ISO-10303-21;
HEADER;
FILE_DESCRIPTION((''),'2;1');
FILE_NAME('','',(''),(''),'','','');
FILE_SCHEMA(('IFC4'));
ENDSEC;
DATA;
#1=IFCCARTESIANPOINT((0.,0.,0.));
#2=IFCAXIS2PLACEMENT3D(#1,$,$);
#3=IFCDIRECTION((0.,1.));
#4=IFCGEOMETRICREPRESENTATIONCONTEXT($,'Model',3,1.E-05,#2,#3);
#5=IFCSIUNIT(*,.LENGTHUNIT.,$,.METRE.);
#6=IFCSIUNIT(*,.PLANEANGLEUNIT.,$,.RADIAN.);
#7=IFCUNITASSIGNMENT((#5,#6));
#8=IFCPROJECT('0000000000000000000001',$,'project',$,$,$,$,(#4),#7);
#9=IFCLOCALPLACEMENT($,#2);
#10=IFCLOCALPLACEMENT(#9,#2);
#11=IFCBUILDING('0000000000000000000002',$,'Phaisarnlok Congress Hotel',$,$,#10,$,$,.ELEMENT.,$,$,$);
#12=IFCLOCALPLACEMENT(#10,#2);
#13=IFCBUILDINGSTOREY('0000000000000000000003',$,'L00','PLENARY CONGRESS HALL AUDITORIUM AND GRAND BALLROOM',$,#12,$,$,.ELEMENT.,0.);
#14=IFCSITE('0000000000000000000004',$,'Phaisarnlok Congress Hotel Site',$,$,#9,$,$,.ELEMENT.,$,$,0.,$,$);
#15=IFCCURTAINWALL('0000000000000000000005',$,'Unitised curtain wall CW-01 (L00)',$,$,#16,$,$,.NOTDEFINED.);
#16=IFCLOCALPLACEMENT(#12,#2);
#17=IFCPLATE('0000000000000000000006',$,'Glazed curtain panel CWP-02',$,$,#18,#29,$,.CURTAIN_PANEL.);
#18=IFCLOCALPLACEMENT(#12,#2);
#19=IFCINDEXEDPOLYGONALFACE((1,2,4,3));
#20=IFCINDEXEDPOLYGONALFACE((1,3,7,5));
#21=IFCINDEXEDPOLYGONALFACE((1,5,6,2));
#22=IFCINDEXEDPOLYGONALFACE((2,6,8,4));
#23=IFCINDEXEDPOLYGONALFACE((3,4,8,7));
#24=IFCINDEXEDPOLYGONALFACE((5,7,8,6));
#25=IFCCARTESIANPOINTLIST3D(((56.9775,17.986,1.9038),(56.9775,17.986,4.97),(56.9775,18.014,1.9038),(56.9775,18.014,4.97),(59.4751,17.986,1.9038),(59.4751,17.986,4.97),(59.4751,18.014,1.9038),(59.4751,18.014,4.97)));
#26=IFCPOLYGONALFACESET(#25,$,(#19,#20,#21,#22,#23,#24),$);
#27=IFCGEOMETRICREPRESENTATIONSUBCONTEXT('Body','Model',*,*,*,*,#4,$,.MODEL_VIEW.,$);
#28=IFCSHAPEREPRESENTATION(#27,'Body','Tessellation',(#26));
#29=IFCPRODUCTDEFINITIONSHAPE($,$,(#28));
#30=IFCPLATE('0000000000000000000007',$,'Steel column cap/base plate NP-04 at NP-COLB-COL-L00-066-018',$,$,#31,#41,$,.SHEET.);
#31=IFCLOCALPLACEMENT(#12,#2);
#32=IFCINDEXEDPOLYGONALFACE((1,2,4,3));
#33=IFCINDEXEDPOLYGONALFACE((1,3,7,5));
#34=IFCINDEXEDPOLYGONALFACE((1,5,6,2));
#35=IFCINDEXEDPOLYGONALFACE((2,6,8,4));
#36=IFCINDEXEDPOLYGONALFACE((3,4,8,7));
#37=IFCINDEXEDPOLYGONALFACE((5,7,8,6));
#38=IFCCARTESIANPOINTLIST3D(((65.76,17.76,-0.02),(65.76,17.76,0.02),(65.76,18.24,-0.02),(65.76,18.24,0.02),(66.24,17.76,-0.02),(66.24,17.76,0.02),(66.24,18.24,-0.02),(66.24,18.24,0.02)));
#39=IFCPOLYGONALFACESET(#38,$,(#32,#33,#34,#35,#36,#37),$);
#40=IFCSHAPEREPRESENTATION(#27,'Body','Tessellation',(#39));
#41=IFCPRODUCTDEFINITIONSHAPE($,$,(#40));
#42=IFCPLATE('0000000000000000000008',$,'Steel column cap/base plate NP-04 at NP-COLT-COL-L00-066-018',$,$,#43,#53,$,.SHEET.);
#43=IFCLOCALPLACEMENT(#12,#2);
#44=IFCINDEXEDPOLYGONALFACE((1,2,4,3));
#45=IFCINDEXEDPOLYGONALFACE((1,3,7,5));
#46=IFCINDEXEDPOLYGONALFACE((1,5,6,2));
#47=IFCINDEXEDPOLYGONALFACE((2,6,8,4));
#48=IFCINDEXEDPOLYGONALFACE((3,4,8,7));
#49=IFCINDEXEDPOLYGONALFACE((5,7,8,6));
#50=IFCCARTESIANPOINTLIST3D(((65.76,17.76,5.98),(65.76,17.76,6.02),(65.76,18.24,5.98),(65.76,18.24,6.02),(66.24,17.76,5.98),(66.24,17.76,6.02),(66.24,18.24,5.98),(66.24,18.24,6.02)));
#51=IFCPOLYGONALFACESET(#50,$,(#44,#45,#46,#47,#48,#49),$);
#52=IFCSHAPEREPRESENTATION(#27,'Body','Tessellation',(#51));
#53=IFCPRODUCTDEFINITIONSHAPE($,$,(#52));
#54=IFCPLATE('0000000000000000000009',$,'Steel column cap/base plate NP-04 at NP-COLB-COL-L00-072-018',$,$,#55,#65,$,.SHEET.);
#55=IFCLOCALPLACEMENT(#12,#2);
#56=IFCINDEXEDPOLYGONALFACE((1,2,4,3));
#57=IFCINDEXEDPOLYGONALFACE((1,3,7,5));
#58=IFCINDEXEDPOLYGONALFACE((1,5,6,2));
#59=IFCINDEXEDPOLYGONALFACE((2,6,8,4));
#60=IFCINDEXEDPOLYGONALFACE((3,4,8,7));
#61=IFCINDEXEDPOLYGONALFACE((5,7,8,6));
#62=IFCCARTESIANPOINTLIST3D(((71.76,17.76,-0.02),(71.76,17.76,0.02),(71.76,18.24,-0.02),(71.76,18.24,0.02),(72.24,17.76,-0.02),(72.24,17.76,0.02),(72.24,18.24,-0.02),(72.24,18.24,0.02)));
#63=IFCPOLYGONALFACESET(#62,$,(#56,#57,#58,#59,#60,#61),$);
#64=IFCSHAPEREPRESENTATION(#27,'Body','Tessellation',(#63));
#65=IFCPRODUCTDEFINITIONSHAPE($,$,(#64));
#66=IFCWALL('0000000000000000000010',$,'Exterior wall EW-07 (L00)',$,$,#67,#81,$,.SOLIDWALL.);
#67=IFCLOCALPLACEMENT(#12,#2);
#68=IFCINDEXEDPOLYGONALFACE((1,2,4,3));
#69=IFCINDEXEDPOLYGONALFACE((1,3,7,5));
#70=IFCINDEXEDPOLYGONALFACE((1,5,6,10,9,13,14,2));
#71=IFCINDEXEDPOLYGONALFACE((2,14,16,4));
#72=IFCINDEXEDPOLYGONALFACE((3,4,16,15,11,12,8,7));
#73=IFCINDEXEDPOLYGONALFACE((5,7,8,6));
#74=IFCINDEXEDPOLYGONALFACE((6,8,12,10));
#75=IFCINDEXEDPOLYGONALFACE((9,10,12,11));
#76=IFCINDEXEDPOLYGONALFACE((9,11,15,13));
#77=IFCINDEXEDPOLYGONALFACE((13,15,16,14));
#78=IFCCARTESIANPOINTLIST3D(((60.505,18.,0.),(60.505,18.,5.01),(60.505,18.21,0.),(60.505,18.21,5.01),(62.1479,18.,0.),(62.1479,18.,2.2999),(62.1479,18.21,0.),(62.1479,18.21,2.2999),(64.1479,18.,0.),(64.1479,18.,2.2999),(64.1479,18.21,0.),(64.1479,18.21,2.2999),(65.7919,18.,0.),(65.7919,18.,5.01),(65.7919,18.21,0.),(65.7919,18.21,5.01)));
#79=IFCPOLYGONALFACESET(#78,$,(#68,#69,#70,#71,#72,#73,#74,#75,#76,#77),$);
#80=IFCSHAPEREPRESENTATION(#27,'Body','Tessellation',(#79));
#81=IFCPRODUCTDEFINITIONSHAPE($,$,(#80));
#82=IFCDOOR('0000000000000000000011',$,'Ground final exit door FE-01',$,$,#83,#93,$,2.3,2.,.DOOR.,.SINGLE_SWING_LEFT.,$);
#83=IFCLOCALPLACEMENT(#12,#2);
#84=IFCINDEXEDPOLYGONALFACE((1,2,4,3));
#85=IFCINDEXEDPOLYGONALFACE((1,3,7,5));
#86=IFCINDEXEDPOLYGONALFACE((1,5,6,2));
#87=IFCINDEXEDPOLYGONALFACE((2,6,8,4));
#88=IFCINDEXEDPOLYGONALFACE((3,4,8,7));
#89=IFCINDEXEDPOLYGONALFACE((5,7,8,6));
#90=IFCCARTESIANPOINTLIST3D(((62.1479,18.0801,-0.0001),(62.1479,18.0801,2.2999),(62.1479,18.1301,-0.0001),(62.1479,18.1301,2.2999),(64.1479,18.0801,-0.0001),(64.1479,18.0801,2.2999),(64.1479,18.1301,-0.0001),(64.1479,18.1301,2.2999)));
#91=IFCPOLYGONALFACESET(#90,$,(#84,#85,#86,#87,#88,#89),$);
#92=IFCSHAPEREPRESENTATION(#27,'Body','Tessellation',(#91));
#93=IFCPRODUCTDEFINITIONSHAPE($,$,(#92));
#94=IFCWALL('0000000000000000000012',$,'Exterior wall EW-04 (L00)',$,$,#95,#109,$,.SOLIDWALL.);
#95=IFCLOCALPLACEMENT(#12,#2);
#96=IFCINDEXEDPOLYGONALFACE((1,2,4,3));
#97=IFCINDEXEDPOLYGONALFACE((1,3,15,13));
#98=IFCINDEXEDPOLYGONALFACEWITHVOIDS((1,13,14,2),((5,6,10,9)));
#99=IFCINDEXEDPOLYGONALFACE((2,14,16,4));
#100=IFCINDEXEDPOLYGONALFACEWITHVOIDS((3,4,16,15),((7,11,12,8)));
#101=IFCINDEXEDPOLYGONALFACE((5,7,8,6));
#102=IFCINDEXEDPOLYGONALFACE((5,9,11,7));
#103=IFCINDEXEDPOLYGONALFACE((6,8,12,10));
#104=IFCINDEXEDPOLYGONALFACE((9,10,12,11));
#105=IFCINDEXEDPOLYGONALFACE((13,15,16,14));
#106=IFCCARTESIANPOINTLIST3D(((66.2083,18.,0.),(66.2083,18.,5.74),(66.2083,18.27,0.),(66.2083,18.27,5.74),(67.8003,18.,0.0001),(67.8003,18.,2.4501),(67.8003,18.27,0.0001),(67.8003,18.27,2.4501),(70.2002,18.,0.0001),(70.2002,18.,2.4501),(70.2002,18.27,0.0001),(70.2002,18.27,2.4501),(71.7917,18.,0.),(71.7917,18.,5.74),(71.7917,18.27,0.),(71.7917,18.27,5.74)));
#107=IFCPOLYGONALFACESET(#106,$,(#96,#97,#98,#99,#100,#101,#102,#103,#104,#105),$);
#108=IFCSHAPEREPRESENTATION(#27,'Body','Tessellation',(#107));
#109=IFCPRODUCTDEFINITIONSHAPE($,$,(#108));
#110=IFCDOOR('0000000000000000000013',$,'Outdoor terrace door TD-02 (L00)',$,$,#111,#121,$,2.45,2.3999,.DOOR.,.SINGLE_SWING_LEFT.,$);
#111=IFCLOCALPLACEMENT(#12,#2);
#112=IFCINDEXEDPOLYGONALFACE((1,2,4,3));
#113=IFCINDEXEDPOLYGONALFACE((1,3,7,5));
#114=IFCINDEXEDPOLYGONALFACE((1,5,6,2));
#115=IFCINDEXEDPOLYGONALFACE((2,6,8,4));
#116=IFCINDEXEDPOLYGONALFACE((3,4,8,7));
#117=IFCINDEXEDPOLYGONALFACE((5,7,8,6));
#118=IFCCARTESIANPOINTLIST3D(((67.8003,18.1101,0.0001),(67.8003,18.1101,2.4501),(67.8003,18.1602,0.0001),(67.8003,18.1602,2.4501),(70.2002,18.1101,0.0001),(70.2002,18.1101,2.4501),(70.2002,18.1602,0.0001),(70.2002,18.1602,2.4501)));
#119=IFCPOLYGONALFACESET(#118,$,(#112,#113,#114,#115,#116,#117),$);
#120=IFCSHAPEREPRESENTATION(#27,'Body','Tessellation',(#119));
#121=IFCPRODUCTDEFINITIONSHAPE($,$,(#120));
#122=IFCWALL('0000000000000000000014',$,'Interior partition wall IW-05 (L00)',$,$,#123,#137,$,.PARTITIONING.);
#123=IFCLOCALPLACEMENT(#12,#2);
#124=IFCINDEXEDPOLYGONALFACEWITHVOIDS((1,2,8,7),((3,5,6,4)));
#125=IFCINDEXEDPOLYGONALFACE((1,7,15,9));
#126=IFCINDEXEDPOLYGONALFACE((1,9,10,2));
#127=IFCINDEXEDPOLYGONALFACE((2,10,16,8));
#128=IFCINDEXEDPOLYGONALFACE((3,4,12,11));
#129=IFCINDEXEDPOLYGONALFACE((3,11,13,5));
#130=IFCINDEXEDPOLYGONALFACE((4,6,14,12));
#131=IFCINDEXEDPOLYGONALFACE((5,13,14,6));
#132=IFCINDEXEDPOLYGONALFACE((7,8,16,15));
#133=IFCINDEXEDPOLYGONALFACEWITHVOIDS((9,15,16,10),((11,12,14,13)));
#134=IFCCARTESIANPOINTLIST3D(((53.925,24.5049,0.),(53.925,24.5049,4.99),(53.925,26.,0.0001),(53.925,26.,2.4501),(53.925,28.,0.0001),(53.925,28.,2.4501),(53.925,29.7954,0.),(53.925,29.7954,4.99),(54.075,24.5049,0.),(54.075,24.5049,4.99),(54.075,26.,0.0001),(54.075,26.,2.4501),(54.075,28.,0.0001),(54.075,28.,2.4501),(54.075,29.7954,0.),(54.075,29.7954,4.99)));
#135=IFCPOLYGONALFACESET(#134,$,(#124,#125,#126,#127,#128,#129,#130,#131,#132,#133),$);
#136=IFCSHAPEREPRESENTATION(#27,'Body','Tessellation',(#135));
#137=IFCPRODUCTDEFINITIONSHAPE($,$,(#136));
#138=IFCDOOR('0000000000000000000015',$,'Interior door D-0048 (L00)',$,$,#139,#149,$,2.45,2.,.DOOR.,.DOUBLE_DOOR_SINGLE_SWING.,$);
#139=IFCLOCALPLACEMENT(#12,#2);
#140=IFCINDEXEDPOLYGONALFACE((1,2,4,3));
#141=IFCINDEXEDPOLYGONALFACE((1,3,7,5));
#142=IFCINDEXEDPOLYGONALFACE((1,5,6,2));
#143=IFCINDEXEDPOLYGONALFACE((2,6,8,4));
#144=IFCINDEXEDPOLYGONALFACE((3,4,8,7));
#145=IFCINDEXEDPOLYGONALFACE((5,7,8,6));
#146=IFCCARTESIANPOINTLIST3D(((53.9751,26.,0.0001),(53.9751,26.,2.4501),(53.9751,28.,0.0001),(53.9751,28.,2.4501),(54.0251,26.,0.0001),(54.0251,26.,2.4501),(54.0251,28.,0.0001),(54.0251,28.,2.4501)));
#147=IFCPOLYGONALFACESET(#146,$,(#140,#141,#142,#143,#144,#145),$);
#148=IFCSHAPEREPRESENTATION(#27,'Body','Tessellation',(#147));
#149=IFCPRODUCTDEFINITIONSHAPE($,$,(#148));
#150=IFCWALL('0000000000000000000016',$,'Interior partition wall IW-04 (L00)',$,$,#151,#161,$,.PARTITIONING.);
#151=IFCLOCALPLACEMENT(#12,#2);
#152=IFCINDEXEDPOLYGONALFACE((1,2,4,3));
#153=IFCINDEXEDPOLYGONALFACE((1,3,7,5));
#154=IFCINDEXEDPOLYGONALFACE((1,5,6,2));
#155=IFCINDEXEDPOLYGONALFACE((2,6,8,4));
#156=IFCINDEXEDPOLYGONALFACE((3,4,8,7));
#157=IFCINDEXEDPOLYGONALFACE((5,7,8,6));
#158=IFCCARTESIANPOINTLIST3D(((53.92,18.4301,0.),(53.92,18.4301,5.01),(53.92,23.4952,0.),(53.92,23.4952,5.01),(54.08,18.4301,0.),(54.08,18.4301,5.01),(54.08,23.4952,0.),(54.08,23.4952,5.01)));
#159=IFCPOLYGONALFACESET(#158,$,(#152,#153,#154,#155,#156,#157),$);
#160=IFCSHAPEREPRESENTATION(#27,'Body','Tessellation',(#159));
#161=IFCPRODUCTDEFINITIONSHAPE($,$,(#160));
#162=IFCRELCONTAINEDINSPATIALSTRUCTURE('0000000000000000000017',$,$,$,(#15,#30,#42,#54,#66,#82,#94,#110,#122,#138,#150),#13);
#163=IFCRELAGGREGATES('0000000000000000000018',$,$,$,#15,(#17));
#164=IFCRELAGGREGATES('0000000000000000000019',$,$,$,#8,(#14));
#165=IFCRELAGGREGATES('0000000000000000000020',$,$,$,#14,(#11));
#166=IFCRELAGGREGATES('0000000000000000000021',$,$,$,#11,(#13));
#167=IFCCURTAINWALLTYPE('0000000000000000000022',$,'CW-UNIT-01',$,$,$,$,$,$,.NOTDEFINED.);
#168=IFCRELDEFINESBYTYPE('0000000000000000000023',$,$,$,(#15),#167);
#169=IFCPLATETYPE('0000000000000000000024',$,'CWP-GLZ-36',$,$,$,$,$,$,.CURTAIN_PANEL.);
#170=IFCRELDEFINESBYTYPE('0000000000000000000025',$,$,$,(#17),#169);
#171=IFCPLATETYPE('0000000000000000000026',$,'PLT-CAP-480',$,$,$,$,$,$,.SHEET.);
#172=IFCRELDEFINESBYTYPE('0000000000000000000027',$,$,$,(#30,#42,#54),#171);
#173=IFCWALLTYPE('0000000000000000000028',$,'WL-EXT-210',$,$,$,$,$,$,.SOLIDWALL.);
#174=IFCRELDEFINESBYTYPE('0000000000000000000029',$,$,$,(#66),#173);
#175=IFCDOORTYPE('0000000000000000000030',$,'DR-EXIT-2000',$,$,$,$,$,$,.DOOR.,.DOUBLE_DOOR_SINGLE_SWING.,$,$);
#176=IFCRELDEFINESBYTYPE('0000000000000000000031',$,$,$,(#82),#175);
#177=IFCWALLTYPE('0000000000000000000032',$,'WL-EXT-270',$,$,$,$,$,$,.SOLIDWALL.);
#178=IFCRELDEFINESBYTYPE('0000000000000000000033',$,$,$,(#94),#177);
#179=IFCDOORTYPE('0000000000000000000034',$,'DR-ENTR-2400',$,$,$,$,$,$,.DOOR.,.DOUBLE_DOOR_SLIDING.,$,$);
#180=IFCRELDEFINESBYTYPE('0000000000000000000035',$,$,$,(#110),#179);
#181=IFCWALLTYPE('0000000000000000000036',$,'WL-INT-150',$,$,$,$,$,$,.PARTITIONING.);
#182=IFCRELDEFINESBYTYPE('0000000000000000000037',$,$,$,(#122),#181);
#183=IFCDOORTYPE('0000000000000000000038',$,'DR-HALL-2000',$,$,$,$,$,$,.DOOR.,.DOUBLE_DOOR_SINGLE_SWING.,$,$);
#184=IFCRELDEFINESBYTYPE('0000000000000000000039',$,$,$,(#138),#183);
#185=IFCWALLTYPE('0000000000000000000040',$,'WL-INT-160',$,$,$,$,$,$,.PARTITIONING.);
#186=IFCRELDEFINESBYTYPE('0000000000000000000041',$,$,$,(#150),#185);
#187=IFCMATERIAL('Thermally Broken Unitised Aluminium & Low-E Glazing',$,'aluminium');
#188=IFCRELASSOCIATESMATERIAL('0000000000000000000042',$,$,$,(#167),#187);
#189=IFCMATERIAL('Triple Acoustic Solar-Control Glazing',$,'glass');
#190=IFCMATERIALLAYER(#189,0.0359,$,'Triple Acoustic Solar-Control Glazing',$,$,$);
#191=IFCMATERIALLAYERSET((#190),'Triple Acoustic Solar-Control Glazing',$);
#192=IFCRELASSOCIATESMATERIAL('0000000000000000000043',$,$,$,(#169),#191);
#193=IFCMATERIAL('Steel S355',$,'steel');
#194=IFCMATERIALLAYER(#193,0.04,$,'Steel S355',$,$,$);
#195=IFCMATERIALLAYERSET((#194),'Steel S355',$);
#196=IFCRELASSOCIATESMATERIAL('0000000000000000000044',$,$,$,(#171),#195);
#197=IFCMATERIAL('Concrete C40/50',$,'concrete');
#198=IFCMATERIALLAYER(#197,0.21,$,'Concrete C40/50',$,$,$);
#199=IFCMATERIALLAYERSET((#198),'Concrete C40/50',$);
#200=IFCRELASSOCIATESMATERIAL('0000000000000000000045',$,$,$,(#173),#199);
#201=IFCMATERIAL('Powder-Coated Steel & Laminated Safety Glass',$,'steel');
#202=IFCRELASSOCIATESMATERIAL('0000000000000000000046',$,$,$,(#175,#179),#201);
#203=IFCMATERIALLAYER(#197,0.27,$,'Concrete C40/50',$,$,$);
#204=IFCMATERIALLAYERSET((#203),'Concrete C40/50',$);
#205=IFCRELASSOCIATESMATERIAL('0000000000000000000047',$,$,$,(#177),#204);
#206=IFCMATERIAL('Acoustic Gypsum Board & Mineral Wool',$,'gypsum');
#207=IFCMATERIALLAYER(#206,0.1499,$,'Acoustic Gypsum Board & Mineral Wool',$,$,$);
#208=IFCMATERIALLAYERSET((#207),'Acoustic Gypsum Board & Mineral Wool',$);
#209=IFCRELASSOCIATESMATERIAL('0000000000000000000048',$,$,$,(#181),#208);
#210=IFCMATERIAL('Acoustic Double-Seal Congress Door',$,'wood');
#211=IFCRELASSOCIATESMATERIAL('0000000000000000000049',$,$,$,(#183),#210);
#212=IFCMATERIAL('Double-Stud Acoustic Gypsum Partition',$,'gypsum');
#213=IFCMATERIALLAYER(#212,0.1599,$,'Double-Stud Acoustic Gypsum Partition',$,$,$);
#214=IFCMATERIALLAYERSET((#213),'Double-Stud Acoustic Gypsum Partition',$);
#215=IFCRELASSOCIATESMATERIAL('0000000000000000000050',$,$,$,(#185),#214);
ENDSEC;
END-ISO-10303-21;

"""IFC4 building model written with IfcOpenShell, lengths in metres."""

from ifc_helpers import new_model, si_unit, direction, frame, frame_2d, origin, origin_2d, place, context, subcontext, project, spatial, rectangle, extrude, material, layer, layer_set, type_object, element, fill, aggregate, save


model = new_model("IFC4")

# Units and contexts
model_context = context("Model", 3, precision=1e-05, world=origin(), true_north=direction((0.0, 1.0)))
body_context = subcontext(model_context, "Body", "Model", "MODEL_VIEW")
ifc_project = project(units=[si_unit("LENGTHUNIT", "METRE"), si_unit("PLANEANGLEUNIT", "RADIAN")], contexts=[model_context])

# Site, building, storey
site_placement = place(None, origin())
site = spatial("IfcSite", under=ifc_project, at=site_placement, Name="Phaisarnlok Congress Hotel Site", CompositionType="ELEMENT", RefElevation=0.0)
building_placement = place(site_placement, origin())
building = spatial("IfcBuilding", under=site, at=building_placement, Name="Phaisarnlok Congress Hotel", CompositionType="ELEMENT")
storey_placement = place(building_placement, origin())
storey = spatial("IfcBuildingStorey", under=building, at=storey_placement, Name="L00", Description="PLENARY CONGRESS HALL AUDITORIUM AND GRAND BALLROOM", CompositionType="ELEMENT", Elevation=0.0)

# Shared definitions
ifc_material_1 = material(Name="Steel S355", Category="steel")

# Curtain wall
ifc_material_2 = material(Name="Thermally Broken Unitised Aluminium & Low-E Glazing", Category="aluminium")
curtain_wall_type = type_object("IfcCurtainWallType", Name="CW-UNIT-01", PredefinedType="NOTDEFINED", material=ifc_material_2)
curtain_wall_placement = place(storey_placement, origin())
curtain_wall = element("IfcCurtainWall", 1, at=curtain_wall_placement, inside=storey, type_object=curtain_wall_type, Name="Unitised curtain wall CW-01 (L00)", PredefinedType="NOTDEFINED")

# Shared definitions
ifc_material_3 = material(Name="Concrete C40/50", Category="concrete")

# Plate
ifc_material_4 = material(Name="Triple Acoustic Solar-Control Glazing", Category="glass")
ifc_layer_1 = layer(ifc_material_4, 0.0359, Name="Triple Acoustic Solar-Control Glazing")
ifc_layer_set_1 = layer_set([ifc_layer_1], Name="Triple Acoustic Solar-Control Glazing")
plate_type_1 = type_object("IfcPlateType", Name="CWP-GLZ-36", PredefinedType="CURTAIN_PANEL", material=ifc_layer_set_1)
plate_1_placement = place(storey_placement, frame((56.9775, 18.0, 1.9038), z_axis=(0.0, 0.0, 1.0), x_axis=(1.0, 0.0, 0.0)))
plate_1 = element("IfcPlate", 2, at=plate_1_placement, type_object=plate_type_1, Name="Glazed curtain panel CWP-02", PredefinedType="CURTAIN_PANEL", context=body_context, shape_type="SweptSolid", body=[
    extrude(rectangle(XDim=2.4976, YDim=0.0281, at=frame_2d((1.2488, 0.0))), origin(), (0.0, 0.0, 1.0), 3.0662),
])
aggregate(curtain_wall, [plate_1])

# Plates
ifc_layer_2 = layer(ifc_material_1, 0.04, Name="Steel S355")
ifc_layer_set_2 = layer_set([ifc_layer_2], Name="Steel S355")
plate_type_2 = type_object("IfcPlateType", Name="PLT-CAP-480", PredefinedType="SHEET", material=ifc_layer_set_2)
for number, where, z_axis, x_axis, name in (
    (3, (66.0, 18.0, -0.02), (0.0, 0.0, 1.0), (1.0, 0.0, 0.0), "Steel column cap/base plate NP-04 at NP-COLB-COL-L00-066-018"),
    (4, (66.0, 18.0, 5.98), (0.0, 0.0, 1.0), (1.0, 0.0, 0.0), "Steel column cap/base plate NP-04 at NP-COLT-COL-L00-066-018"),
    (5, (72.0, 18.0, -0.02), (0.0, 0.0, 1.0), (1.0, 0.0, 0.0), "Steel column cap/base plate NP-04 at NP-COLB-COL-L00-072-018"),
):
    element("IfcPlate", number, at=place(storey_placement, frame(where, z_axis=z_axis, x_axis=x_axis)), inside=storey, type_object=plate_type_2, Name=name, PredefinedType="SHEET", context=body_context, shape_type="SweptSolid", body=[
        extrude(rectangle(XDim=0.48, YDim=0.48, at=origin_2d()), origin(), (0.0, 0.0, 1.0), 0.04),
    ])

# Walls, openings, doors
ifc_layer_3 = layer(ifc_material_3, 0.21, Name="Concrete C40/50")
ifc_layer_set_3 = layer_set([ifc_layer_3], Name="Concrete C40/50")
wall_type_1 = type_object("IfcWallType", Name="WL-EXT-210", PredefinedType="SOLIDWALL", material=ifc_layer_set_3)
wall_1_placement = place(storey_placement, frame((60.5049, 18.105, 0.0), z_axis=(0.0, 0.0, 1.0), x_axis=(1.0, 0.0, 0.0)))
wall_1 = element("IfcWall", 6, at=wall_1_placement, inside=storey, type_object=wall_type_1, Name="Exterior wall EW-07 (L00)", PredefinedType="SOLIDWALL", context=body_context, shape_type="SweptSolid", body=[
    extrude(rectangle(XDim=5.2869, YDim=0.21, at=frame_2d((2.6436, 0.0))), origin(), (0.0, 0.0, 1.0), 5.01),
])
opening_1_placement = place(wall_1_placement, frame((1.6431, 0.0, 0.0)))
opening_1 = element("IfcOpeningElement", 7, at=opening_1_placement, cuts=wall_1, PredefinedType="OPENING", context=body_context, shape_type="SweptSolid", body=[
    extrude(rectangle(XDim=2.0, YDim=2.3, at=frame_2d((1.0, 1.1499))), frame((0.0, 0.115, 0.0), z_axis=(0.0, -1.0, 0.0), x_axis=(1.0, 0.0, 0.0)), (0.0, 0.0, 1.0), 0.23),
])
ifc_material_5 = material(Name="Powder-Coated Steel & Laminated Safety Glass", Category="steel")
door_type_1 = type_object("IfcDoorType", Name="DR-EXIT-2000", OperationType="DOUBLE_DOOR_SINGLE_SWING", PredefinedType="DOOR", material=ifc_material_5)
door_1_placement = place(opening_1_placement, frame((2.0, 0.0, 0.0), z_axis=(0.0, 0.0, 1.0), x_axis=(-1.0, 0.0, 0.0)))
door_1 = element("IfcDoor", 8, at=door_1_placement, inside=storey, type_object=door_type_1, Name="Ground final exit door FE-01", OperationType="SINGLE_SWING_LEFT", OverallHeight=2.3, OverallWidth=2.0, PredefinedType="DOOR", context=body_context, shape_type="SweptSolid", body=[
    extrude(rectangle(XDim=2.0, YDim=2.3, at=frame_2d((1.0, 1.1499))), frame((0.0, 0.0249, 0.0), z_axis=(0.0, -1.0, 0.0), x_axis=(1.0, 0.0, 0.0)), (0.0, 0.0, 1.0), 0.05),
])
fill(opening_1, door_1)
ifc_layer_4 = layer(ifc_material_3, 0.27, Name="Concrete C40/50")
ifc_layer_set_4 = layer_set([ifc_layer_4], Name="Concrete C40/50")
wall_type_2 = type_object("IfcWallType", Name="WL-EXT-270", PredefinedType="SOLIDWALL", material=ifc_layer_set_4)
wall_2_placement = place(storey_placement, frame((66.2083, 18.135, 0.0), z_axis=(0.0, 0.0, 1.0), x_axis=(1.0, 0.0, 0.0)))
wall_2 = element("IfcWall", 9, at=wall_2_placement, inside=storey, type_object=wall_type_2, Name="Exterior wall EW-04 (L00)", PredefinedType="SOLIDWALL", context=body_context, shape_type="SweptSolid", body=[
    extrude(rectangle(XDim=5.5835, YDim=0.27, at=frame_2d((2.7917, 0.0))), origin(), (0.0, 0.0, 1.0), 5.74),
])
opening_2_placement = place(wall_2_placement, frame((1.592, 0.0, 0.0)))
opening_2 = element("IfcOpeningElement", 10, at=opening_2_placement, cuts=wall_2, PredefinedType="OPENING", context=body_context, shape_type="SweptSolid", body=[
    extrude(rectangle(XDim=2.3999, YDim=2.45, at=frame_2d((1.2, 1.2251))), frame((0.0, 0.145, 0.0), z_axis=(0.0, -1.0, 0.0), x_axis=(1.0, 0.0, 0.0)), (0.0, 0.0, 1.0), 0.29),
])
door_type_2 = type_object("IfcDoorType", Name="DR-ENTR-2400", OperationType="DOUBLE_DOOR_SLIDING", PredefinedType="DOOR", material=ifc_material_5)
door_2_placement = place(opening_2_placement, frame((2.3999, 0.0, 0.0), z_axis=(0.0, 0.0, 1.0), x_axis=(-1.0, 0.0, 0.0)))
door_2 = element("IfcDoor", 11, at=door_2_placement, inside=storey, type_object=door_type_2, Name="Outdoor terrace door TD-02 (L00)", OperationType="SINGLE_SWING_LEFT", OverallHeight=2.45, OverallWidth=2.3999, PredefinedType="DOOR", context=body_context, shape_type="SweptSolid", body=[
    extrude(rectangle(XDim=2.3999, YDim=2.45, at=frame_2d((1.2, 1.2251))), frame((0.0, 0.0249, 0.0), z_axis=(0.0, -1.0, 0.0), x_axis=(1.0, 0.0, 0.0)), (0.0, 0.0, 1.0), 0.05),
])
fill(opening_2, door_2)
ifc_material_6 = material(Name="Acoustic Gypsum Board & Mineral Wool", Category="gypsum")
ifc_layer_5 = layer(ifc_material_6, 0.1499, Name="Acoustic Gypsum Board & Mineral Wool")
ifc_layer_set_5 = layer_set([ifc_layer_5], Name="Acoustic Gypsum Board & Mineral Wool")
wall_type_3 = type_object("IfcWallType", Name="WL-INT-150", PredefinedType="PARTITIONING", material=ifc_layer_set_5)
wall_3_placement = place(storey_placement, frame((54.0, 24.5049, 0.0), z_axis=(0.0, 0.0, 1.0), x_axis=(0.0, 1.0, 0.0)))
wall_3 = element("IfcWall", 12, at=wall_3_placement, inside=storey, type_object=wall_type_3, Name="Interior partition wall IW-05 (L00)", PredefinedType="PARTITIONING", context=body_context, shape_type="SweptSolid", body=[
    extrude(rectangle(XDim=5.2905, YDim=0.1499, at=frame_2d((2.6453, 0.0))), origin(), (0.0, 0.0, 1.0), 4.99),
])
opening_3_placement = place(wall_3_placement, frame((1.4951, 0.0, 0.0)))
opening_3 = element("IfcOpeningElement", 13, at=opening_3_placement, cuts=wall_3, PredefinedType="OPENING", context=body_context, shape_type="SweptSolid", body=[
    extrude(rectangle(XDim=2.0, YDim=2.45, at=frame_2d((1.0, 1.2251))), frame((0.0, 0.085, 0.0), z_axis=(0.0, -1.0, 0.0), x_axis=(1.0, 0.0, 0.0)), (0.0, 0.0, 1.0), 0.1699),
])
ifc_material_7 = material(Name="Acoustic Double-Seal Congress Door", Category="wood")
door_type_3 = type_object("IfcDoorType", Name="DR-HALL-2000", OperationType="DOUBLE_DOOR_SINGLE_SWING", PredefinedType="DOOR", material=ifc_material_7)
door_3_placement = place(opening_3_placement, origin())
door_3 = element("IfcDoor", 14, at=door_3_placement, inside=storey, type_object=door_type_3, Name="Interior door D-0048 (L00)", OperationType="DOUBLE_DOOR_SINGLE_SWING", OverallHeight=2.45, OverallWidth=2.0, PredefinedType="DOOR", context=body_context, shape_type="SweptSolid", body=[
    extrude(rectangle(XDim=2.0, YDim=2.45, at=frame_2d((1.0, 1.2251))), frame((0.0, 0.0249, 0.0), z_axis=(0.0, -1.0, 0.0), x_axis=(1.0, 0.0, 0.0)), (0.0, 0.0, 1.0), 0.05),
])
fill(opening_3, door_3)

# Wall
ifc_material_8 = material(Name="Double-Stud Acoustic Gypsum Partition", Category="gypsum")
ifc_layer_6 = layer(ifc_material_8, 0.1599, Name="Double-Stud Acoustic Gypsum Partition")
ifc_layer_set_6 = layer_set([ifc_layer_6], Name="Double-Stud Acoustic Gypsum Partition")
wall_type_4 = type_object("IfcWallType", Name="WL-INT-160", PredefinedType="PARTITIONING", material=ifc_layer_set_6)
wall_4_placement = place(storey_placement, frame((54.0, 18.4299, 0.0), z_axis=(0.0, 0.0, 1.0), x_axis=(0.0, 1.0, 0.0)))
element("IfcWall", 15, at=wall_4_placement, inside=storey, type_object=wall_type_4, Name="Interior partition wall IW-04 (L00)", PredefinedType="PARTITIONING", context=body_context, shape_type="SweptSolid", body=[
    extrude(rectangle(XDim=5.0652, YDim=0.1599, at=frame_2d((2.5327, 0.0))), origin(), (0.0, 0.0, 1.0), 5.01),
])

save(model, "model.ifc")
